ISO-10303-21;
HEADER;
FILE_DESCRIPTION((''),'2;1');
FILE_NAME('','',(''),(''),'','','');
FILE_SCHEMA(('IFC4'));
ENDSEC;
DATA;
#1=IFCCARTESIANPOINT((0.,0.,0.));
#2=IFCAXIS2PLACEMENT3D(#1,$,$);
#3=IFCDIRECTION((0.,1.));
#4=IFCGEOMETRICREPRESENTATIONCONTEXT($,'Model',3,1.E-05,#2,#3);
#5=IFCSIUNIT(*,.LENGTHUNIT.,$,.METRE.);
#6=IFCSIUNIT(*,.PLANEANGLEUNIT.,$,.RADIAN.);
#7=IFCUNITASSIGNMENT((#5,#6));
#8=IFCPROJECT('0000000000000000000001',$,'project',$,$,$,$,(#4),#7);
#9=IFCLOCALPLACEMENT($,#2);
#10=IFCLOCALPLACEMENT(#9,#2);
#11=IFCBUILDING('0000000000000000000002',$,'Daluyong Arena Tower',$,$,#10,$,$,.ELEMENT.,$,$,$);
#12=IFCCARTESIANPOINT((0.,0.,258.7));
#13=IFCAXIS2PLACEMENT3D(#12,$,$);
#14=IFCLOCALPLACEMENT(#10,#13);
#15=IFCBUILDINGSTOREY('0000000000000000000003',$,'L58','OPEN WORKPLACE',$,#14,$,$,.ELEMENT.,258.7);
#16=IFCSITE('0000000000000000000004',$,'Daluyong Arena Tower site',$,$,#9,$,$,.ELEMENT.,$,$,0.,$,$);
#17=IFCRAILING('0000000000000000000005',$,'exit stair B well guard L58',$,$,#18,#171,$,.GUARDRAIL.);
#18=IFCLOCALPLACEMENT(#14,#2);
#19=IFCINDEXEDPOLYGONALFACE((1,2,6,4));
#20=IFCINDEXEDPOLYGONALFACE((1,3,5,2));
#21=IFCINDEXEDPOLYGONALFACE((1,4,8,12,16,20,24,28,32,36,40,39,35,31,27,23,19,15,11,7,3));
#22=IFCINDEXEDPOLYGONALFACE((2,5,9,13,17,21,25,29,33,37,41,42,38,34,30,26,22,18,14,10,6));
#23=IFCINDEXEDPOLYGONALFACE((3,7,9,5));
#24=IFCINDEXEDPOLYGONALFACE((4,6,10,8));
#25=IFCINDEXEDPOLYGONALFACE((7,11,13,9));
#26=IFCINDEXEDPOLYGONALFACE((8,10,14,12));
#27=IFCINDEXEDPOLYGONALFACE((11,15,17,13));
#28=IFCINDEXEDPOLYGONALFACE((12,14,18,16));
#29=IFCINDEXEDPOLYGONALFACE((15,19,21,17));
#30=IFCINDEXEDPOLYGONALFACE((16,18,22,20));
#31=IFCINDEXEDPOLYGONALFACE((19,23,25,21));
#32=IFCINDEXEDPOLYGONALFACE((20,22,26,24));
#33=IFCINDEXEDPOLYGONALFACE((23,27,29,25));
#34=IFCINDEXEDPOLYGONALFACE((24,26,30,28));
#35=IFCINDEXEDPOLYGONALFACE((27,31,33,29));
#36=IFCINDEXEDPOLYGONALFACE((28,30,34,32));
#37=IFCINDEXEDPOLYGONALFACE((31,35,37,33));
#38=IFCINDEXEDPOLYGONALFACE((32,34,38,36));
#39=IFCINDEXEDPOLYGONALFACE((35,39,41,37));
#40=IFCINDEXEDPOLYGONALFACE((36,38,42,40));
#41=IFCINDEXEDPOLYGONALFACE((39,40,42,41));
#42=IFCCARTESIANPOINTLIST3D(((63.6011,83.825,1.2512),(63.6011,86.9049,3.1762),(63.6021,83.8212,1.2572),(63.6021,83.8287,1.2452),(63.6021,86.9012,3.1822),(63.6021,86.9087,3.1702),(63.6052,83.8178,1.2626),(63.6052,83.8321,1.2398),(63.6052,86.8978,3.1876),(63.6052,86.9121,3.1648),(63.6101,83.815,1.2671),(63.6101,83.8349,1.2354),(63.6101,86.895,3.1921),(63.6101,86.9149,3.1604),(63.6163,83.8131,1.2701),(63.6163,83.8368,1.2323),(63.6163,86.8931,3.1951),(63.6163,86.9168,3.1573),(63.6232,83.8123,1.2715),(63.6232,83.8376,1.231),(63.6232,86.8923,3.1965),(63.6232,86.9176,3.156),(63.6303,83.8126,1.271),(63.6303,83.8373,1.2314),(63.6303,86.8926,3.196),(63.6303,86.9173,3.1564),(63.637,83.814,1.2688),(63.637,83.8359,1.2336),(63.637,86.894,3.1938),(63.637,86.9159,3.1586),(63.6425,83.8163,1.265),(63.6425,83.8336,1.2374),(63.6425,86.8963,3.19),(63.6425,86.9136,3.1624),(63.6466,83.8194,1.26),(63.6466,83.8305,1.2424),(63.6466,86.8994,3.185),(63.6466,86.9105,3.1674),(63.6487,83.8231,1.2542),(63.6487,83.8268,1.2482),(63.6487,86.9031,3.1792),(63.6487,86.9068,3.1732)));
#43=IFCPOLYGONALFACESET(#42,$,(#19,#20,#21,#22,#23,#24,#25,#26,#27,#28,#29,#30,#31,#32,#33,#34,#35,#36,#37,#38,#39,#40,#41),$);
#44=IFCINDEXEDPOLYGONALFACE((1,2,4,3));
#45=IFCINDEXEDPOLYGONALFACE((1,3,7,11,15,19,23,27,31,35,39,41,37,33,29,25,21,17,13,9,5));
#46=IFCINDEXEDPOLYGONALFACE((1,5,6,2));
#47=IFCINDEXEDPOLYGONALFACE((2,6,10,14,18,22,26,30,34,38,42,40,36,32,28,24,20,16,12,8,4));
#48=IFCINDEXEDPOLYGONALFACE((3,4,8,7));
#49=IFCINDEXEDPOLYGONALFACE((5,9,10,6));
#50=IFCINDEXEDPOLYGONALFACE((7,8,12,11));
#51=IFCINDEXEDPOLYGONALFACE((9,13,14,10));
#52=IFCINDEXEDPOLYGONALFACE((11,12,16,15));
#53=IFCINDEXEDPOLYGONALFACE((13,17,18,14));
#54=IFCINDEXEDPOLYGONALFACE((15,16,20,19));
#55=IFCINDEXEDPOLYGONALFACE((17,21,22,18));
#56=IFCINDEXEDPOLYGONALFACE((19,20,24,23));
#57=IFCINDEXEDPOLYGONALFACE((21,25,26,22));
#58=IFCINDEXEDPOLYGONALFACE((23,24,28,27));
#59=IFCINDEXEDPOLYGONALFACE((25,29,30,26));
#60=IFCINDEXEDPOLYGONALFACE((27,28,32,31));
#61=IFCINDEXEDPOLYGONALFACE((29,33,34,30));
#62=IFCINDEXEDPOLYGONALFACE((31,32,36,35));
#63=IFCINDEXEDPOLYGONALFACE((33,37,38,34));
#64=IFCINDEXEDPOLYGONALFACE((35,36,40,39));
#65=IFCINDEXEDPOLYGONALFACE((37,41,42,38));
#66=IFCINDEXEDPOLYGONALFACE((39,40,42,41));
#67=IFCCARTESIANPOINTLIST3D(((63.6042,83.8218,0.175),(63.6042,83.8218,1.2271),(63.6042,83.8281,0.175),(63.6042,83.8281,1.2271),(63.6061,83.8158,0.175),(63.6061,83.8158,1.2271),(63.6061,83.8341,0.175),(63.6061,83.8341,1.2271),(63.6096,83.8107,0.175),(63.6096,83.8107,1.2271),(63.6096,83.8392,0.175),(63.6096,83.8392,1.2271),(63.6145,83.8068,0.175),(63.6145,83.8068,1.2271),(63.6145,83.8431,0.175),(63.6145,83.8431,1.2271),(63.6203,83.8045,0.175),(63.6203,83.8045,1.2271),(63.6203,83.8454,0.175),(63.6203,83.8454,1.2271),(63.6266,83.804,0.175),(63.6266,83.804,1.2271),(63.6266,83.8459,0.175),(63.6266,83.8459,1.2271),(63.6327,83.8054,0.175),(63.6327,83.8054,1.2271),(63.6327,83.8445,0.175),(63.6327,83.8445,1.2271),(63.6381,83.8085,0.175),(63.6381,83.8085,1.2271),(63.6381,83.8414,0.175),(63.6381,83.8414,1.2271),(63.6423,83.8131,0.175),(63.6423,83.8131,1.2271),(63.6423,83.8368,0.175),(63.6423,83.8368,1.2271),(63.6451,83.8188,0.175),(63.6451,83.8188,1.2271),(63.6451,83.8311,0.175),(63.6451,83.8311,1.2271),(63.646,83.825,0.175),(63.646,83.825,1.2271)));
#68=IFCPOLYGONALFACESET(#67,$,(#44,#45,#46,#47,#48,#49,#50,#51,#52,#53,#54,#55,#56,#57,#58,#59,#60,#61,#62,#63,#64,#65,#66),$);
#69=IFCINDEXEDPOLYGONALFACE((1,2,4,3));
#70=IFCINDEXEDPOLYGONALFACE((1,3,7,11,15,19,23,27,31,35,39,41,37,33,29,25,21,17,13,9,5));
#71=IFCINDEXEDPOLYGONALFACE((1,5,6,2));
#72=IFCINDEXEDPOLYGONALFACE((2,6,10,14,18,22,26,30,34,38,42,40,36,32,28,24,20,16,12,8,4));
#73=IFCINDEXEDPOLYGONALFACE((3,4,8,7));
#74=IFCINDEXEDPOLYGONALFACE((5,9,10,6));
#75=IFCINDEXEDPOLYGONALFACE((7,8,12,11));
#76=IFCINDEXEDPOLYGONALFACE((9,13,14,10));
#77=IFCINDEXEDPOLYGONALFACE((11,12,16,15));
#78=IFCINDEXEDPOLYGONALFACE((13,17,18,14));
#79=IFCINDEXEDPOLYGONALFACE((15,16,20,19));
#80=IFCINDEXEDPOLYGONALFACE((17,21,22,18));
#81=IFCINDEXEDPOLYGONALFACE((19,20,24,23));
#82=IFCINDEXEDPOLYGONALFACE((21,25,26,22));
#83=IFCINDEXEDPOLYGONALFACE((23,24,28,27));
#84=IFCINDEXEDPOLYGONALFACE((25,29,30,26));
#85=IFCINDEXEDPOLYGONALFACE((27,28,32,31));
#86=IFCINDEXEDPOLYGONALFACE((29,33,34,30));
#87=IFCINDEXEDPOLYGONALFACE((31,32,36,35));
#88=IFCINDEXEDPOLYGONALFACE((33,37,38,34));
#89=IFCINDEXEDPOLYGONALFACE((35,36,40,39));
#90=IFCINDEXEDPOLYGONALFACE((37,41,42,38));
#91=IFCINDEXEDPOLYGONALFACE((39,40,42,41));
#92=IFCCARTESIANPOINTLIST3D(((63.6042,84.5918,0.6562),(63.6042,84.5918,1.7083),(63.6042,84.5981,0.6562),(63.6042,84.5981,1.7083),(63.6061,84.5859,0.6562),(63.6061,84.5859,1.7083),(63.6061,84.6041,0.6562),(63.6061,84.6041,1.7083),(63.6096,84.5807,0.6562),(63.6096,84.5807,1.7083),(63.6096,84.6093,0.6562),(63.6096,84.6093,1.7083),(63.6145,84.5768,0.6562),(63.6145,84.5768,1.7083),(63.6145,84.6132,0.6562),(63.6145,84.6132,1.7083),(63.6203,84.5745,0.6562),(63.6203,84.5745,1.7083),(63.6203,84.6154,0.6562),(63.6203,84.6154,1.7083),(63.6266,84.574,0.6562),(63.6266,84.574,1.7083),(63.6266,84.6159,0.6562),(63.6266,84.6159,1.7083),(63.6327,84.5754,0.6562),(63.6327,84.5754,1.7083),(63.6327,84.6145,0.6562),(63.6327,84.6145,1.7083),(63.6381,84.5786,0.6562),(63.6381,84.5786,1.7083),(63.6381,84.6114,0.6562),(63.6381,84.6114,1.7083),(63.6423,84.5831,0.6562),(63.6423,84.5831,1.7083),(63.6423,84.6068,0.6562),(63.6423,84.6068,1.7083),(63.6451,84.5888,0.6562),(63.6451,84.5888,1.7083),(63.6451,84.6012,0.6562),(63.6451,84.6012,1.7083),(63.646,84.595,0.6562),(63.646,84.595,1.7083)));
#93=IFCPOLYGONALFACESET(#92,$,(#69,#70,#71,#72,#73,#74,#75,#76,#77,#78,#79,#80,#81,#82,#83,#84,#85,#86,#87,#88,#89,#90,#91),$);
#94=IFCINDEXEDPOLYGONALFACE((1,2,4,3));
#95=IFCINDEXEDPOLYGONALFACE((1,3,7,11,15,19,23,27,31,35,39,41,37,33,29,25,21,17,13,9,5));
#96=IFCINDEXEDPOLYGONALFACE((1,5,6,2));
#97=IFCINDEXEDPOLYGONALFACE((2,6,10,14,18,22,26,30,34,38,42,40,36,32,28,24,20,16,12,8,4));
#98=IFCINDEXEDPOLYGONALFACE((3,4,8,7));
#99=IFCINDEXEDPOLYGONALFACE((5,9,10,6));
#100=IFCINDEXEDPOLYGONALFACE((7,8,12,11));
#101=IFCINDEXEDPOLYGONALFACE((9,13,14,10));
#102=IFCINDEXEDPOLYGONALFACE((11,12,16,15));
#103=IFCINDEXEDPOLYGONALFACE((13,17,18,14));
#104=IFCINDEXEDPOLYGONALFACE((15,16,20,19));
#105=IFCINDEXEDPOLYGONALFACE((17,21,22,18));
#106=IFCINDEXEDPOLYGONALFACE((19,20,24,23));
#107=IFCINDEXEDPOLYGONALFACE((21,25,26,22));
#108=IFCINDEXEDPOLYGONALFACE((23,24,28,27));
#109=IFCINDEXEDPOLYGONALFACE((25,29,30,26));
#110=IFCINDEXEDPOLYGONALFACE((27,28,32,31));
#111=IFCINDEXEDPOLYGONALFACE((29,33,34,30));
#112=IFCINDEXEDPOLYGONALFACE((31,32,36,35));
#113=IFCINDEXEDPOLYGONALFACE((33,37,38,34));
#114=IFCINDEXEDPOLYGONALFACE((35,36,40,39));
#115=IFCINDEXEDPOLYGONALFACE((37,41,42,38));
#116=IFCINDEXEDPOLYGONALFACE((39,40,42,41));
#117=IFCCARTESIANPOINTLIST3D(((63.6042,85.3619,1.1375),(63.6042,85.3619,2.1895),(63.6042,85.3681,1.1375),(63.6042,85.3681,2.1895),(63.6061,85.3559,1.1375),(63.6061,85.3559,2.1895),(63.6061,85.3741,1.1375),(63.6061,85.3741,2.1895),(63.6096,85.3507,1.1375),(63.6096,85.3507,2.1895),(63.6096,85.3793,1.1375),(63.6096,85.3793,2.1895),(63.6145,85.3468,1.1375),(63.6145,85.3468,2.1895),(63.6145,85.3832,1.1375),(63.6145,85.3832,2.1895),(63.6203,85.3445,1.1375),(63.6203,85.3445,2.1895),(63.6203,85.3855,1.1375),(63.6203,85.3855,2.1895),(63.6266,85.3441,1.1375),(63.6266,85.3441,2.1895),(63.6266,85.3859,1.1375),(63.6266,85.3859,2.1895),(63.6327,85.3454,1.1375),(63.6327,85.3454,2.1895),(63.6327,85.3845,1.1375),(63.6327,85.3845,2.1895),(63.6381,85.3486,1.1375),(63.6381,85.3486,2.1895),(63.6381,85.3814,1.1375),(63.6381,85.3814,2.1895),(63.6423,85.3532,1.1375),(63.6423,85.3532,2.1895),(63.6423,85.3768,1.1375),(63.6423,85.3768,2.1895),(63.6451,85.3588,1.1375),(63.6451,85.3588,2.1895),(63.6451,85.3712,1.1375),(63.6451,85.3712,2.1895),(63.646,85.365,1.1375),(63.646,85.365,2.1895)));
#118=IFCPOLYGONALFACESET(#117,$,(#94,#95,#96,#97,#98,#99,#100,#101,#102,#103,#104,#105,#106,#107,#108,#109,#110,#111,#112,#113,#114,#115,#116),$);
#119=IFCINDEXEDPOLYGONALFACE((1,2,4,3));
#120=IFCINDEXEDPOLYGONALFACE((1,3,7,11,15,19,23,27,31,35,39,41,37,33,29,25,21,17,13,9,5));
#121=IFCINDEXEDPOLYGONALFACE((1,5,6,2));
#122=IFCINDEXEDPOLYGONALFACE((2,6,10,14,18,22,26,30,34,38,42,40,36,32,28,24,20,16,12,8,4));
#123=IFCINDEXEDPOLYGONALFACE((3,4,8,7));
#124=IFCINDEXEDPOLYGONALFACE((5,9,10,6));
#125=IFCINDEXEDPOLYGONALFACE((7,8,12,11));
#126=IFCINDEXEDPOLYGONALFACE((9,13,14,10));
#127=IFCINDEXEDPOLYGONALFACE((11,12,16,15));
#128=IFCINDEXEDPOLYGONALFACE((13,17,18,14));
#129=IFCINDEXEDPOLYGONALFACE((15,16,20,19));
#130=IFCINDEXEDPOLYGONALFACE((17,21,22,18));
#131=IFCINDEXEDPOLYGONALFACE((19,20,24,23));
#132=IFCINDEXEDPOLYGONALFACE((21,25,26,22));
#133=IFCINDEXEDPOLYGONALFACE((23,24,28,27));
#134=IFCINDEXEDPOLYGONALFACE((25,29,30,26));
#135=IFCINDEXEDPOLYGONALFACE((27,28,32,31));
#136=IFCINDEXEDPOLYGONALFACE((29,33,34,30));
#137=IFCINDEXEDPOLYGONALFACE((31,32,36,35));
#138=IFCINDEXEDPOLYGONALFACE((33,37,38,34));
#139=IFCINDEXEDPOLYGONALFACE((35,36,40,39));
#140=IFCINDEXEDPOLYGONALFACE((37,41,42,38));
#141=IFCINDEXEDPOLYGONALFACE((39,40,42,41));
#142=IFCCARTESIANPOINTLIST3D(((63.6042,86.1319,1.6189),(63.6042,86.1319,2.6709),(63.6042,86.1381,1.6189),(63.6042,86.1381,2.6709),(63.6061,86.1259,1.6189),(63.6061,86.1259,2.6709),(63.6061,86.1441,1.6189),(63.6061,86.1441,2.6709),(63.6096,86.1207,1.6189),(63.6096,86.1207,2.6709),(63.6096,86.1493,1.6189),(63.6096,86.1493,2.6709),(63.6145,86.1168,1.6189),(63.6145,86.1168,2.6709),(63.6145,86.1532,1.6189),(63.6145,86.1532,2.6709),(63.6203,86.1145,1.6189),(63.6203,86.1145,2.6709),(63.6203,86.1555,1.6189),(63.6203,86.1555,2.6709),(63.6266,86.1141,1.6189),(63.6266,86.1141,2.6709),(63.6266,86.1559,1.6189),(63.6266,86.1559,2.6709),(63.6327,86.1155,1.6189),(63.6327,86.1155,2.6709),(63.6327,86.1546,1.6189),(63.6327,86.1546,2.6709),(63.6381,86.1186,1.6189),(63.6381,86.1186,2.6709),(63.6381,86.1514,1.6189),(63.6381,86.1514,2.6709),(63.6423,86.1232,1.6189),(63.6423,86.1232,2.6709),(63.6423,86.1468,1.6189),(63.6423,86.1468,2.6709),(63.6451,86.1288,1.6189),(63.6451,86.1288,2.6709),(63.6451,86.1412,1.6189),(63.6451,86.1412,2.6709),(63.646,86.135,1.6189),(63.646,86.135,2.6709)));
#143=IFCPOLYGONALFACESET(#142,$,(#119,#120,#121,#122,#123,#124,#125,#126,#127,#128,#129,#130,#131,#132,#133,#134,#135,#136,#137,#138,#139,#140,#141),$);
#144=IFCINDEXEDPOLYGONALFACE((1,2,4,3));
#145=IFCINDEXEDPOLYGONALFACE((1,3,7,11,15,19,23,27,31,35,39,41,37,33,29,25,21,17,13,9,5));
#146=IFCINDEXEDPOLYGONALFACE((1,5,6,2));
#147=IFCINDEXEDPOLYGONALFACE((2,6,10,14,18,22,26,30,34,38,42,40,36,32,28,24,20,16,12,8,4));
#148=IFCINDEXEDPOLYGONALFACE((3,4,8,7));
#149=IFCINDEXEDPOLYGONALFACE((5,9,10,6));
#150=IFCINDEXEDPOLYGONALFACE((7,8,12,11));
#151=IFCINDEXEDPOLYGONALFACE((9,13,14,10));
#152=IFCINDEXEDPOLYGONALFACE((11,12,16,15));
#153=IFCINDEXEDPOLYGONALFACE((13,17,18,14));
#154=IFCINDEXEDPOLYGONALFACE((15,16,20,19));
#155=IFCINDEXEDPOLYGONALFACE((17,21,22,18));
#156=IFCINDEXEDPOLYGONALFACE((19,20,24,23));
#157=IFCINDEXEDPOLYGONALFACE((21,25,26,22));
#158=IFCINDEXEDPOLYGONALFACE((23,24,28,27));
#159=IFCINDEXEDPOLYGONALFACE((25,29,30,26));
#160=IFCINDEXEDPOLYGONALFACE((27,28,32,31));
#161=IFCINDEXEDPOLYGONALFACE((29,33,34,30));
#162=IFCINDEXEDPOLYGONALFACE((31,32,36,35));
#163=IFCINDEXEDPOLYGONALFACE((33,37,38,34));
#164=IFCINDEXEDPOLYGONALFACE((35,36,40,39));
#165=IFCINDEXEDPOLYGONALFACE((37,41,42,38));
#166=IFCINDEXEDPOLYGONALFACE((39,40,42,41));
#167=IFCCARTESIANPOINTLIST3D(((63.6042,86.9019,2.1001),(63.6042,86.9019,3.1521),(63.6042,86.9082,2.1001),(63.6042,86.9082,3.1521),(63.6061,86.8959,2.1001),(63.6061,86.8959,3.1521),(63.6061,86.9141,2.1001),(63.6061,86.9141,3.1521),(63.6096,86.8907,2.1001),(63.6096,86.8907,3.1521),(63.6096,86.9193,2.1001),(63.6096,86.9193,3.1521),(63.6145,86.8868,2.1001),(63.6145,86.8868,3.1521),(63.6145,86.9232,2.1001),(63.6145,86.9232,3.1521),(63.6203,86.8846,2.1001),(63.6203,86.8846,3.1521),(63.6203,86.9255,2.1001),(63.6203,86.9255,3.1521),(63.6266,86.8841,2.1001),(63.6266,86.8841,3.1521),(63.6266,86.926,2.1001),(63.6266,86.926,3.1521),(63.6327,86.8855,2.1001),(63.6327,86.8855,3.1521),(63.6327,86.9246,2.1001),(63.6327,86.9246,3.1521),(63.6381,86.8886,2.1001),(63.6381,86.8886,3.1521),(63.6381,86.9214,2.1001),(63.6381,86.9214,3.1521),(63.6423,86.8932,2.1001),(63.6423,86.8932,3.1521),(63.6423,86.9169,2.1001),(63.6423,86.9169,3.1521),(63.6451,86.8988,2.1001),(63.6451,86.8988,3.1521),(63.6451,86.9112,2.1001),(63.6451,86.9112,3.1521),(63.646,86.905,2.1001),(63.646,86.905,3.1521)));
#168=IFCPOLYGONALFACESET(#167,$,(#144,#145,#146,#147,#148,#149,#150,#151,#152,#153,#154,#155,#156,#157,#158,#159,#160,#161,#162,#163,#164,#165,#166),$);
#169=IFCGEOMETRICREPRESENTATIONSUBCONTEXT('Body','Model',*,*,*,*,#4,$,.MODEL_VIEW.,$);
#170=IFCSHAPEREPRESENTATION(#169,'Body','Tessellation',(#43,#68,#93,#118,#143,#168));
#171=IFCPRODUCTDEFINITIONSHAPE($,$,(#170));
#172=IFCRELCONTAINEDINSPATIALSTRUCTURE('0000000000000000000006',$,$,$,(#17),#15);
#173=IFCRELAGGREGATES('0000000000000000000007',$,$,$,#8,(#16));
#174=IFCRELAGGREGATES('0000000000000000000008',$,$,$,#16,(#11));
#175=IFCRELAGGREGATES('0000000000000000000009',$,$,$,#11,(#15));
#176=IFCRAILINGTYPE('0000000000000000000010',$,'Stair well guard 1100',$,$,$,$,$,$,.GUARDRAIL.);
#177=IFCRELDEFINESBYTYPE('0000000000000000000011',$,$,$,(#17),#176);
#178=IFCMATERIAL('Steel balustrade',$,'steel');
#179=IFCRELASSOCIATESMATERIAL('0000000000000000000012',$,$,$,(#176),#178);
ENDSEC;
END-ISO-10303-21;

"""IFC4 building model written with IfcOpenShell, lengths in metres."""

from ifc_helpers import new_model, si_unit, direction, frame, origin, origin_2d, place, context, subcontext, project, spatial, circle, extrude, material, type_object, element, save


model = new_model("IFC4")

# Units and contexts
model_context = context("Model", 3, precision=1e-05, world=origin(), true_north=direction((0.0, 1.0)))
body_context = subcontext(model_context, "Body", "Model", "MODEL_VIEW")
ifc_project = project(units=[si_unit("LENGTHUNIT", "METRE"), si_unit("PLANEANGLEUNIT", "RADIAN")], contexts=[model_context])

# Site, building, storey
site_placement = place(None, origin())
site = spatial("IfcSite", under=ifc_project, at=site_placement, Name="Daluyong Arena Tower site", CompositionType="ELEMENT", RefElevation=0.0)
building_placement = place(site_placement, origin())
building = spatial("IfcBuilding", under=site, at=building_placement, Name="Daluyong Arena Tower", CompositionType="ELEMENT")
storey_placement = place(building_placement, frame((0.0, 0.0, 258.7)))
storey = spatial("IfcBuildingStorey", under=building, at=storey_placement, Name="L58", Description="OPEN WORKPLACE", CompositionType="ELEMENT", Elevation=258.7)

# Railing
ifc_material_1 = material(Name="Steel balustrade", Category="steel")
railing_type_1 = type_object("IfcRailingType", Name="Stair well guard 1100", PredefinedType="GUARDRAIL", material=ifc_material_1)
railing_1_placement = place(storey_placement, frame((63.625, 83.825, 0.175)))
element("IfcRailing", 1, at=railing_1_placement, inside=storey, type_object=railing_type_1, Name="exit stair B well guard L58", PredefinedType="GUARDRAIL", context=body_context, shape_type="SweptSolid", body=[
    extrude(circle(Radius=0.0239, at=origin_2d()), frame((0.0, 0.0, 1.0762), z_axis=(0.0, 0.847998, 0.529999), x_axis=(-1.0, 0.0, 0.0)), (0.0, 0.0, 1.0), 3.6321),
    extrude(circle(Radius=0.021, at=origin_2d()), origin(), (0.0, 0.0, 1.0), 1.052),
    extrude(circle(Radius=0.021, at=origin_2d()), frame((0.0, 0.77, 0.4812)), (0.0, 0.0, 1.0), 1.052),
    extrude(circle(Radius=0.021, at=origin_2d()), frame((0.0, 1.54, 0.9624)), (0.0, 0.0, 1.0), 1.052),
    extrude(circle(Radius=0.021, at=origin_2d()), frame((0.0, 2.3101, 1.4438)), (0.0, 0.0, 1.0), 1.052),
    extrude(circle(Radius=0.021, at=origin_2d()), frame((0.0, 3.0801, 1.925)), (0.0, 0.0, 1.0), 1.052),
])

save(model, "model.ifc")
